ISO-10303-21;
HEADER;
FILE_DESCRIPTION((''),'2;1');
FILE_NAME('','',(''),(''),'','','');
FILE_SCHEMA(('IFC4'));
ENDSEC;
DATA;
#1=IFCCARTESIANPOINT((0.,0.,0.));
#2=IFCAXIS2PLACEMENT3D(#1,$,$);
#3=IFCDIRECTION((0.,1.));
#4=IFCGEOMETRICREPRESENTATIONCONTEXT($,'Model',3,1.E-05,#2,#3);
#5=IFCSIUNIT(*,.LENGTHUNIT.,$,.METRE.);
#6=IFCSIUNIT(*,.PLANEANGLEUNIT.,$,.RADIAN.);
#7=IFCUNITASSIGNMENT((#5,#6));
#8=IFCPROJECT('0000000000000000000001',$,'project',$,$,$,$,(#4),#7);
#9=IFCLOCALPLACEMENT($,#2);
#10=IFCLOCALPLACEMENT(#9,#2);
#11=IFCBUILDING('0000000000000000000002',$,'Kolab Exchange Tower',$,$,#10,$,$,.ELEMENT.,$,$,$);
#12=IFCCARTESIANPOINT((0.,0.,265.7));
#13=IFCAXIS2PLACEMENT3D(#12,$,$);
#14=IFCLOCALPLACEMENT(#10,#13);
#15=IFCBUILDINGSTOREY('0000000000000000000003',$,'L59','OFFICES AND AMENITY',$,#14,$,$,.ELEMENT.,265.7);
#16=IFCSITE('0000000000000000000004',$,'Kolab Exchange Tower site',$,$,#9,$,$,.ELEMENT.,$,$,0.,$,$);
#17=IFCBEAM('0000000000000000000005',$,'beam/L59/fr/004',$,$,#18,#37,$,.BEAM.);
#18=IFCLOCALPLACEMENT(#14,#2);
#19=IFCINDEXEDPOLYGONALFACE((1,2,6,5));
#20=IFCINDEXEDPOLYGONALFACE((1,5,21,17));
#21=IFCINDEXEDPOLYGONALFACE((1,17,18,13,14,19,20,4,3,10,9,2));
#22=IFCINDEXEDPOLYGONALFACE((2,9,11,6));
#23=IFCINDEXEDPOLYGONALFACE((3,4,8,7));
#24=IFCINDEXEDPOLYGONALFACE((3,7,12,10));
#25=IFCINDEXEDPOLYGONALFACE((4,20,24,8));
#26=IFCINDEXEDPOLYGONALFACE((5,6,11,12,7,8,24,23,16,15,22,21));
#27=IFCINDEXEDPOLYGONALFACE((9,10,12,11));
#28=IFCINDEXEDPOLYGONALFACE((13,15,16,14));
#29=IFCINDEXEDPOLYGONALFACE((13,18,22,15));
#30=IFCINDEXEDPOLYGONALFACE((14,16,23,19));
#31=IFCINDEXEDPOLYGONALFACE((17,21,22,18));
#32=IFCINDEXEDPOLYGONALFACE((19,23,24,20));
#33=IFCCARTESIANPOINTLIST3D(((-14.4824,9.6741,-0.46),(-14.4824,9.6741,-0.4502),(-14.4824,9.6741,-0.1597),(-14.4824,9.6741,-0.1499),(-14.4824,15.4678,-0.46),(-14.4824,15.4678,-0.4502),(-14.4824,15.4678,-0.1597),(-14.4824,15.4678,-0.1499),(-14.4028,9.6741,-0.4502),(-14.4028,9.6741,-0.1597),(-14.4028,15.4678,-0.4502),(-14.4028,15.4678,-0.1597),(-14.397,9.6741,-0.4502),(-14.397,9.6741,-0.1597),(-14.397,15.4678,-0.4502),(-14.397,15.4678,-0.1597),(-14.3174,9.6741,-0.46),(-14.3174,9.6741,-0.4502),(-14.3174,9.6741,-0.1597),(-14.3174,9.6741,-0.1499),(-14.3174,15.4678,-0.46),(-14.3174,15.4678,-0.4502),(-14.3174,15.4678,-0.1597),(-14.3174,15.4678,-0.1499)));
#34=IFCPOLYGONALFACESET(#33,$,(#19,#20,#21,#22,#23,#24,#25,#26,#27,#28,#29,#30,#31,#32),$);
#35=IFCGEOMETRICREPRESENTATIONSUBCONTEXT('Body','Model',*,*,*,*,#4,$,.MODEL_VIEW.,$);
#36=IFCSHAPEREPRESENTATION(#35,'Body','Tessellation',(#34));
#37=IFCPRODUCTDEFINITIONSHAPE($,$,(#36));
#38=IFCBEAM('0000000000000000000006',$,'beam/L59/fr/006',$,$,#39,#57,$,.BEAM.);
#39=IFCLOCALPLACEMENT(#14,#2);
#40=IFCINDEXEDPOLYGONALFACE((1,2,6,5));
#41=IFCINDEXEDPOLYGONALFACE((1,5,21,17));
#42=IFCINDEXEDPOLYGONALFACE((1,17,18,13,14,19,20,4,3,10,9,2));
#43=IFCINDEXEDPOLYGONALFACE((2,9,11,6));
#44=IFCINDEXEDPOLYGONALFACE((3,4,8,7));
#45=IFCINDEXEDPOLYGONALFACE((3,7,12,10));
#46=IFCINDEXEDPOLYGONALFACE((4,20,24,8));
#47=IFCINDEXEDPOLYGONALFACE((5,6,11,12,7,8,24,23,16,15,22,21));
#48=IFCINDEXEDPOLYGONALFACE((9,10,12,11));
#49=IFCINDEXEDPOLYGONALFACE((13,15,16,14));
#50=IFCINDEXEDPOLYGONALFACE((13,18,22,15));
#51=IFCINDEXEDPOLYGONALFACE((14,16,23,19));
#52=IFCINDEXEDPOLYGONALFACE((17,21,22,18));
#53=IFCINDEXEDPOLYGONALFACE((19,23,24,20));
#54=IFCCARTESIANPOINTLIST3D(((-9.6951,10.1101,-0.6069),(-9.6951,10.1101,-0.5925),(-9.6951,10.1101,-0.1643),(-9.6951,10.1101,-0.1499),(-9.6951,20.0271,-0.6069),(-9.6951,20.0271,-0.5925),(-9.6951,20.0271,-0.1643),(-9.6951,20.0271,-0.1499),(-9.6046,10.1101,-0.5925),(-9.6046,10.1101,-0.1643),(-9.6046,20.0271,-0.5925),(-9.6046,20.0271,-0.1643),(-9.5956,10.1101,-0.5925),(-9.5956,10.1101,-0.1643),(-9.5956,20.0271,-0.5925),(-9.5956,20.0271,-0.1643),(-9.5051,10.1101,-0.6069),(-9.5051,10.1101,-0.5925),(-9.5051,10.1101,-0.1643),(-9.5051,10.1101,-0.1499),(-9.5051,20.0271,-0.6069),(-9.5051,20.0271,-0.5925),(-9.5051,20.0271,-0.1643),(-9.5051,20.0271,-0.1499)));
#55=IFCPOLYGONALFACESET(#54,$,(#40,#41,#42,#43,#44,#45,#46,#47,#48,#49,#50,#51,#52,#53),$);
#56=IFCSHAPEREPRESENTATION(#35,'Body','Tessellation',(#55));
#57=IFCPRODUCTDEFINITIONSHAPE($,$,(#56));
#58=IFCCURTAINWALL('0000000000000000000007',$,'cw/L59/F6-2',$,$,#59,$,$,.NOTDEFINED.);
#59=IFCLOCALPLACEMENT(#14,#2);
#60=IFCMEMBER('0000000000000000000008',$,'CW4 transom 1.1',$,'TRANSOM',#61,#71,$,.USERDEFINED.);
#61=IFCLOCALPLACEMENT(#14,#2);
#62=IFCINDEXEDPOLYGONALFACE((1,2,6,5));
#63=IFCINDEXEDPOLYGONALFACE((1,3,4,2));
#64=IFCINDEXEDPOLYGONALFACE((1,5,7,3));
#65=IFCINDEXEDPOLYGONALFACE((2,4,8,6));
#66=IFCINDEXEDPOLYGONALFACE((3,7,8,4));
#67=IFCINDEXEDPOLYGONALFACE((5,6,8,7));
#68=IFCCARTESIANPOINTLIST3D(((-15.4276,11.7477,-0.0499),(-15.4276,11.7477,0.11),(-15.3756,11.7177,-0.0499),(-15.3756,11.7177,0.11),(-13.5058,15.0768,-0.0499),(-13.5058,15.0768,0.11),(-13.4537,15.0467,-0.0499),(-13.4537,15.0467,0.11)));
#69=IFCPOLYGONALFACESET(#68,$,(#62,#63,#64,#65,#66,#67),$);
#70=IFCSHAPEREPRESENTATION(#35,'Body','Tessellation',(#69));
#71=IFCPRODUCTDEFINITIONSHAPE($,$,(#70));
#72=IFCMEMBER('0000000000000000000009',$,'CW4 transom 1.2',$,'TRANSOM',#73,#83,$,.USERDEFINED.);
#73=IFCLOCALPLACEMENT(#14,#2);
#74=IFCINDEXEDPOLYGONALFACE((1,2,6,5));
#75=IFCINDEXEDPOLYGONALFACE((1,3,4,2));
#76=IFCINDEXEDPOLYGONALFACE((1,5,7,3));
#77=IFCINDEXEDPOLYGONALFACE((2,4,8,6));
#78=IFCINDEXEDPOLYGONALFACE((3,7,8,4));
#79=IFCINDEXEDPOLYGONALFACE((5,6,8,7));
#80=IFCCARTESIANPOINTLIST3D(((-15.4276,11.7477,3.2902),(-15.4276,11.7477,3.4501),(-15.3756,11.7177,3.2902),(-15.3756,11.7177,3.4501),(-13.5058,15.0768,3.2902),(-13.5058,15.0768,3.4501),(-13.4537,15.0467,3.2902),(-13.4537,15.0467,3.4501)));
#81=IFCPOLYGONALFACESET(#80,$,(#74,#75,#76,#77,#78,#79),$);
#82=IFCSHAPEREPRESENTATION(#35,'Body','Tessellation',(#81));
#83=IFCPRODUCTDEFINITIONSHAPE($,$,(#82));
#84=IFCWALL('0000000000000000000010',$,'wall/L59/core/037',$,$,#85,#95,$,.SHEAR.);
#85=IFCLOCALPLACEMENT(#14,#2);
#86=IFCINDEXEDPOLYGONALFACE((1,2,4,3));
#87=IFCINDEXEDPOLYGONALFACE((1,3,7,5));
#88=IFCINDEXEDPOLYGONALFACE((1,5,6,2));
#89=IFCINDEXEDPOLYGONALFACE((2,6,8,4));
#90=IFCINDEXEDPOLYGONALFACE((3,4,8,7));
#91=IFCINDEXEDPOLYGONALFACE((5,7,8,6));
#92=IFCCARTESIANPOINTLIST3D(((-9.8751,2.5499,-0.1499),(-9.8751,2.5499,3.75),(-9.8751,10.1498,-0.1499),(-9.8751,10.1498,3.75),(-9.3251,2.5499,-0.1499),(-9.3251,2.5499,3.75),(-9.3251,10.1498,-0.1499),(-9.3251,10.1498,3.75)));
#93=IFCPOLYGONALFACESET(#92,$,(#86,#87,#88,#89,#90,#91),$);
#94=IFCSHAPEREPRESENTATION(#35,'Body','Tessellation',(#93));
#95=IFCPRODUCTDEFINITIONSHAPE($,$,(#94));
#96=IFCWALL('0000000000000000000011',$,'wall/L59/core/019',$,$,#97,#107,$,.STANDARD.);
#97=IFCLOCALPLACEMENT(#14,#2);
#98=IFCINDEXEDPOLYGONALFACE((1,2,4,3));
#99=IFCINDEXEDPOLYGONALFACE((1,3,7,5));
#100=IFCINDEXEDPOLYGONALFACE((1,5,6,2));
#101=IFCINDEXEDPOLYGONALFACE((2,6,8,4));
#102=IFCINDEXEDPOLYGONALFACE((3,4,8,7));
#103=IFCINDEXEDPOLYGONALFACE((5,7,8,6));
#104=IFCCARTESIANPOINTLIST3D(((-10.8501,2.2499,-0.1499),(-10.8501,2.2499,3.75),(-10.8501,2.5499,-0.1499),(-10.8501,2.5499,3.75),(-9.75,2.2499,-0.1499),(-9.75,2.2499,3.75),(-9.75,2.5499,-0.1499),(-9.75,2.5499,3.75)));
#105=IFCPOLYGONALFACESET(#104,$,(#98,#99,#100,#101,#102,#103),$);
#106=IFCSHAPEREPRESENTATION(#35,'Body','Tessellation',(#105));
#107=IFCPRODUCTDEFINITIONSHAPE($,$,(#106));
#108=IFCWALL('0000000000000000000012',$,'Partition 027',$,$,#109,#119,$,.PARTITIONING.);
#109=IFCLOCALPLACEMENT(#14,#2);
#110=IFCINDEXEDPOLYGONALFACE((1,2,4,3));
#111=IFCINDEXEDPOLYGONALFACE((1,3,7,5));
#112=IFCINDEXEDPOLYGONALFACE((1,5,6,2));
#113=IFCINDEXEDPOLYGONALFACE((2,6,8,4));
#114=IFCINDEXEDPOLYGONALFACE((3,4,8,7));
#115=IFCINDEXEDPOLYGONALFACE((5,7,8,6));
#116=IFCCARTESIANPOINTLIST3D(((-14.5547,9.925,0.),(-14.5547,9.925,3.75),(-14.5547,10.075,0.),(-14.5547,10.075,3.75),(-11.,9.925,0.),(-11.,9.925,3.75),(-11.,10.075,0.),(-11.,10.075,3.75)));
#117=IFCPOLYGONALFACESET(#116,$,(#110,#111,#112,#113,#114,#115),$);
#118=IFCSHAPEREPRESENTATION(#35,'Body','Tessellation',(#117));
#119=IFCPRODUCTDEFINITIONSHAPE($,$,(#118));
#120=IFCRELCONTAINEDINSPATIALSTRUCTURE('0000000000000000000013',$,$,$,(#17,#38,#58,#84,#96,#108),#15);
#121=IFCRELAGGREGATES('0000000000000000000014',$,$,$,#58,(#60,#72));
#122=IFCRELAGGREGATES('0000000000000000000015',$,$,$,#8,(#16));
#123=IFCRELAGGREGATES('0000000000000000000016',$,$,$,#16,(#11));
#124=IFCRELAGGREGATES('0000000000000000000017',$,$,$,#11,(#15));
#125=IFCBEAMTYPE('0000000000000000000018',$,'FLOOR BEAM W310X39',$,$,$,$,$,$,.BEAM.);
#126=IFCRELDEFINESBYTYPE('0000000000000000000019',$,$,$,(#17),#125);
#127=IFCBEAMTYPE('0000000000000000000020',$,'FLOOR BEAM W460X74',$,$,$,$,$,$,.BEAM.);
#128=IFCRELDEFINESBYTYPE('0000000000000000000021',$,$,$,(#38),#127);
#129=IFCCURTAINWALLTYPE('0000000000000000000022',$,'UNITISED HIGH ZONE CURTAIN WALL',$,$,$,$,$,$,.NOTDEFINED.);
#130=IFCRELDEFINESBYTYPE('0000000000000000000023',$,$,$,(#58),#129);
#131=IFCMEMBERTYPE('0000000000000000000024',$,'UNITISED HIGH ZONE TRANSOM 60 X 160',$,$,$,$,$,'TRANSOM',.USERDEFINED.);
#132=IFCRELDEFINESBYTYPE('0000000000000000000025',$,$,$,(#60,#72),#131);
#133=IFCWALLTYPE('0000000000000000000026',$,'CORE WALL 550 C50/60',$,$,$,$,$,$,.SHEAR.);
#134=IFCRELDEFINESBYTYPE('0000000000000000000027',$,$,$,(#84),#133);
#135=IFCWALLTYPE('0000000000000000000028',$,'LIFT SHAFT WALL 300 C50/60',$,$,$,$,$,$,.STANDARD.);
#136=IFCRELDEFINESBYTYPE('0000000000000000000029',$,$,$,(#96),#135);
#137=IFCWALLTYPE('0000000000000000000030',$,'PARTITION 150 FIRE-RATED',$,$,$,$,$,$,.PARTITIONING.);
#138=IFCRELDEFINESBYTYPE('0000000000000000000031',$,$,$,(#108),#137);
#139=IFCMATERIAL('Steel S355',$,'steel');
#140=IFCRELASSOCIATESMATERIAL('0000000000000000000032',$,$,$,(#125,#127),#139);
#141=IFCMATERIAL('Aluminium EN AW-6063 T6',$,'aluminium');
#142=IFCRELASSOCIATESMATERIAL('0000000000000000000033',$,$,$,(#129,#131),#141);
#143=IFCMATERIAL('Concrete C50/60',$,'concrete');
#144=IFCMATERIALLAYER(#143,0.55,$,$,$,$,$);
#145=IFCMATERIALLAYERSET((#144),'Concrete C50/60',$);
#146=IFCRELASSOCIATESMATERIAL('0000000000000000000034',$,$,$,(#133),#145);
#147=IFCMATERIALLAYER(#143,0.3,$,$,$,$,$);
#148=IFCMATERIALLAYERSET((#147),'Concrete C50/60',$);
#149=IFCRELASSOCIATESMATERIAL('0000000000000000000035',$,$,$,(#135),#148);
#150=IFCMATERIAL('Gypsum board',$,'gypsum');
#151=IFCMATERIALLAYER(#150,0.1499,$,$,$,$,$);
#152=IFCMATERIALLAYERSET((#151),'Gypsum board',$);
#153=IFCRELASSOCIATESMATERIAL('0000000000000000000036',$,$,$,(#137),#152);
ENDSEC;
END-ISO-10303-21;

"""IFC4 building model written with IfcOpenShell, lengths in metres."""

from ifc_helpers import new_model, si_unit, direction, frame, frame_2d, origin, origin_2d, place, context, subcontext, project, spatial, rectangle, i_section, extrude, material, layer, layer_set, material_profile, profile_set, type_object, element, aggregate, save


model = new_model("IFC4")

# Units and contexts
model_context = context("Model", 3, precision=1e-05, world=origin(), true_north=direction((0.0, 1.0)))
body_context = subcontext(model_context, "Body", "Model", "MODEL_VIEW")
ifc_project = project(units=[si_unit("LENGTHUNIT", "METRE"), si_unit("PLANEANGLEUNIT", "RADIAN")], contexts=[model_context])

# Site, building, storey
site_placement = place(None, origin())
site = spatial("IfcSite", under=ifc_project, at=site_placement, Name="Kolab Exchange Tower site", CompositionType="ELEMENT", RefElevation=0.0)
building_placement = place(site_placement, origin())
building = spatial("IfcBuilding", under=site, at=building_placement, Name="Kolab Exchange Tower", CompositionType="ELEMENT")
storey_placement = place(building_placement, frame((0.0, 0.0, 265.7)))
storey = spatial("IfcBuildingStorey", under=building, at=storey_placement, Name="L59", Description="OFFICES AND AMENITY", CompositionType="ELEMENT", Elevation=265.7)

# Beams
ifc_material_1 = material(Name="Steel S355", Category="steel")
ifc_material_profile_1 = material_profile(ifc_material_1, i_section(OverallWidth=0.165, OverallDepth=0.3101, WebThickness=0.0059, FlangeThickness=0.0098, at=origin_2d()), Name="W310X39")
ifc_profile_set_1 = profile_set([ifc_material_profile_1], Name="Steel S355")
beam_type_1 = type_object("IfcBeamType", Name="FLOOR BEAM W310X39", PredefinedType="BEAM", material=ifc_profile_set_1)
beam_1_placement = place(storey_placement, frame((-14.3999, 9.6741, -0.3049), z_axis=(0.0, 1.0, 0.0), x_axis=(-1.0, 0.0, 0.0)))
element("IfcBeam", 1, at=beam_1_placement, inside=storey, type_object=beam_type_1, Name="beam/L59/fr/004", PredefinedType="BEAM", context=body_context, shape_type="SweptSolid", body=[
    extrude(i_section(OverallWidth=0.165, OverallDepth=0.3101, WebThickness=0.0059, FlangeThickness=0.0098, at=origin_2d()), origin(), (0.0, 0.0, 1.0), 5.7937),
])
ifc_material_profile_2 = material_profile(ifc_material_1, i_section(OverallWidth=0.1899, OverallDepth=0.457, WebThickness=0.009, FlangeThickness=0.0144, at=origin_2d()), Name="W460X74")
ifc_profile_set_2 = profile_set([ifc_material_profile_2], Name="Steel S355")
beam_type_2 = type_object("IfcBeamType", Name="FLOOR BEAM W460X74", PredefinedType="BEAM", material=ifc_profile_set_2)
beam_2_placement = place(storey_placement, frame((-9.6001, 10.1101, -0.3784), z_axis=(0.0, 1.0, 0.0), x_axis=(-1.0, 0.0, 0.0)))
element("IfcBeam", 2, at=beam_2_placement, inside=storey, type_object=beam_type_2, Name="beam/L59/fr/006", PredefinedType="BEAM", context=body_context, shape_type="SweptSolid", body=[
    extrude(i_section(OverallWidth=0.1899, OverallDepth=0.457, WebThickness=0.009, FlangeThickness=0.0144, at=origin_2d()), origin(), (0.0, 0.0, 1.0), 9.917),
])

# Curtain wall, members
ifc_material_2 = material(Name="Aluminium EN AW-6063 T6", Category="aluminium")
curtain_wall_type = type_object("IfcCurtainWallType", Name="UNITISED HIGH ZONE CURTAIN WALL", PredefinedType="NOTDEFINED", material=ifc_material_2)
curtain_wall_placement = place(storey_placement, origin())
curtain_wall = element("IfcCurtainWall", 3, at=curtain_wall_placement, inside=storey, type_object=curtain_wall_type, Name="cw/L59/F6-2", PredefinedType="NOTDEFINED")
ifc_material_profile_3 = material_profile(ifc_material_2, rectangle(XDim=0.0601, YDim=0.1599, at=origin_2d()), Name="RECT 60X160")
ifc_profile_set_3 = profile_set([ifc_material_profile_3], Name="Aluminium EN AW-6063 T6")
member_type = type_object("IfcMemberType", Name="UNITISED HIGH ZONE TRANSOM 60 X 160", ElementType="TRANSOM", PredefinedType="USERDEFINED", material=ifc_profile_set_3)
member_1_placement = place(storey_placement, frame((-15.4016, 11.7327, 0.03), z_axis=(0.499964, 0.866046, 0.0), x_axis=(-0.866046, 0.499964, 0.0)))
member_1 = element("IfcMember", 4, at=member_1_placement, type_object=member_type, Name="CW4 transom 1.1", ObjectType="TRANSOM", PredefinedType="USERDEFINED", context=body_context, shape_type="SweptSolid", body=[
    extrude(rectangle(XDim=0.0601, YDim=0.1599, at=origin_2d()), origin(), (0.0, 0.0, 1.0), 3.844),
])
member_2_placement = place(storey_placement, frame((-15.4016, 11.7327, 3.3701), z_axis=(0.499964, 0.866046, 0.0), x_axis=(-0.866046, 0.499964, 0.0)))
member_2 = element("IfcMember", 5, at=member_2_placement, type_object=member_type, Name="CW4 transom 1.2", ObjectType="TRANSOM", PredefinedType="USERDEFINED", context=body_context, shape_type="SweptSolid", body=[
    extrude(rectangle(XDim=0.0601, YDim=0.1599, at=origin_2d()), origin(), (0.0, 0.0, 1.0), 3.844),
])
aggregate(curtain_wall, [member_1, member_2])

# Walls
ifc_material_3 = material(Name="Concrete C50/60", Category="concrete")
ifc_layer_1 = layer(ifc_material_3, 0.55)
ifc_layer_set_1 = layer_set([ifc_layer_1], Name="Concrete C50/60")
wall_type_1 = type_object("IfcWallType", Name="CORE WALL 550 C50/60", PredefinedType="SHEAR", material=ifc_layer_set_1)
wall_1_placement = place(storey_placement, frame((-9.6001, 2.55, -0.1499), z_axis=(0.0, 0.0, 1.0), x_axis=(0.0, 1.0, 0.0)))
element("IfcWall", 6, at=wall_1_placement, inside=storey, type_object=wall_type_1, Name="wall/L59/core/037", PredefinedType="SHEAR", context=body_context, shape_type="SweptSolid", body=[
    extrude(rectangle(XDim=7.5999, YDim=0.55, at=frame_2d((3.7998, 0.0))), origin(), (0.0, 0.0, 1.0), 3.8999),
])
ifc_layer_2 = layer(ifc_material_3, 0.3)
ifc_layer_set_2 = layer_set([ifc_layer_2], Name="Concrete C50/60")
wall_type_2 = type_object("IfcWallType", Name="LIFT SHAFT WALL 300 C50/60", PredefinedType="STANDARD", material=ifc_layer_set_2)
wall_2_placement = place(storey_placement, frame((-10.8501, 2.3999, -0.1499), z_axis=(0.0, 0.0, 1.0), x_axis=(1.0, 0.0, 0.0)))
element("IfcWall", 7, at=wall_2_placement, inside=storey, type_object=wall_type_2, Name="wall/L59/core/019", PredefinedType="STANDARD", context=body_context, shape_type="SweptSolid", body=[
    extrude(rectangle(XDim=1.1001, YDim=0.3, at=frame_2d((0.55, 0.0))), origin(), (0.0, 0.0, 1.0), 3.8999),
])
ifc_material_4 = material(Name="Gypsum board", Category="gypsum")
ifc_layer_3 = layer(ifc_material_4, 0.1499)
ifc_layer_set_3 = layer_set([ifc_layer_3], Name="Gypsum board")
wall_type_3 = type_object("IfcWallType", Name="PARTITION 150 FIRE-RATED", PredefinedType="PARTITIONING", material=ifc_layer_set_3)
wall_3_placement = place(storey_placement, frame((-14.5547, 10.0, 0.0), z_axis=(0.0, 0.0, 1.0), x_axis=(1.0, 0.0, 0.0)))
element("IfcWall", 8, at=wall_3_placement, inside=storey, type_object=wall_type_3, Name="Partition 027", PredefinedType="PARTITIONING", context=body_context, shape_type="SweptSolid", body=[
    extrude(rectangle(XDim=3.5547, YDim=0.1499, at=frame_2d((1.7773, 0.0))), origin(), (0.0, 0.0, 1.0), 3.75),
])

save(model, "model.ifc")
